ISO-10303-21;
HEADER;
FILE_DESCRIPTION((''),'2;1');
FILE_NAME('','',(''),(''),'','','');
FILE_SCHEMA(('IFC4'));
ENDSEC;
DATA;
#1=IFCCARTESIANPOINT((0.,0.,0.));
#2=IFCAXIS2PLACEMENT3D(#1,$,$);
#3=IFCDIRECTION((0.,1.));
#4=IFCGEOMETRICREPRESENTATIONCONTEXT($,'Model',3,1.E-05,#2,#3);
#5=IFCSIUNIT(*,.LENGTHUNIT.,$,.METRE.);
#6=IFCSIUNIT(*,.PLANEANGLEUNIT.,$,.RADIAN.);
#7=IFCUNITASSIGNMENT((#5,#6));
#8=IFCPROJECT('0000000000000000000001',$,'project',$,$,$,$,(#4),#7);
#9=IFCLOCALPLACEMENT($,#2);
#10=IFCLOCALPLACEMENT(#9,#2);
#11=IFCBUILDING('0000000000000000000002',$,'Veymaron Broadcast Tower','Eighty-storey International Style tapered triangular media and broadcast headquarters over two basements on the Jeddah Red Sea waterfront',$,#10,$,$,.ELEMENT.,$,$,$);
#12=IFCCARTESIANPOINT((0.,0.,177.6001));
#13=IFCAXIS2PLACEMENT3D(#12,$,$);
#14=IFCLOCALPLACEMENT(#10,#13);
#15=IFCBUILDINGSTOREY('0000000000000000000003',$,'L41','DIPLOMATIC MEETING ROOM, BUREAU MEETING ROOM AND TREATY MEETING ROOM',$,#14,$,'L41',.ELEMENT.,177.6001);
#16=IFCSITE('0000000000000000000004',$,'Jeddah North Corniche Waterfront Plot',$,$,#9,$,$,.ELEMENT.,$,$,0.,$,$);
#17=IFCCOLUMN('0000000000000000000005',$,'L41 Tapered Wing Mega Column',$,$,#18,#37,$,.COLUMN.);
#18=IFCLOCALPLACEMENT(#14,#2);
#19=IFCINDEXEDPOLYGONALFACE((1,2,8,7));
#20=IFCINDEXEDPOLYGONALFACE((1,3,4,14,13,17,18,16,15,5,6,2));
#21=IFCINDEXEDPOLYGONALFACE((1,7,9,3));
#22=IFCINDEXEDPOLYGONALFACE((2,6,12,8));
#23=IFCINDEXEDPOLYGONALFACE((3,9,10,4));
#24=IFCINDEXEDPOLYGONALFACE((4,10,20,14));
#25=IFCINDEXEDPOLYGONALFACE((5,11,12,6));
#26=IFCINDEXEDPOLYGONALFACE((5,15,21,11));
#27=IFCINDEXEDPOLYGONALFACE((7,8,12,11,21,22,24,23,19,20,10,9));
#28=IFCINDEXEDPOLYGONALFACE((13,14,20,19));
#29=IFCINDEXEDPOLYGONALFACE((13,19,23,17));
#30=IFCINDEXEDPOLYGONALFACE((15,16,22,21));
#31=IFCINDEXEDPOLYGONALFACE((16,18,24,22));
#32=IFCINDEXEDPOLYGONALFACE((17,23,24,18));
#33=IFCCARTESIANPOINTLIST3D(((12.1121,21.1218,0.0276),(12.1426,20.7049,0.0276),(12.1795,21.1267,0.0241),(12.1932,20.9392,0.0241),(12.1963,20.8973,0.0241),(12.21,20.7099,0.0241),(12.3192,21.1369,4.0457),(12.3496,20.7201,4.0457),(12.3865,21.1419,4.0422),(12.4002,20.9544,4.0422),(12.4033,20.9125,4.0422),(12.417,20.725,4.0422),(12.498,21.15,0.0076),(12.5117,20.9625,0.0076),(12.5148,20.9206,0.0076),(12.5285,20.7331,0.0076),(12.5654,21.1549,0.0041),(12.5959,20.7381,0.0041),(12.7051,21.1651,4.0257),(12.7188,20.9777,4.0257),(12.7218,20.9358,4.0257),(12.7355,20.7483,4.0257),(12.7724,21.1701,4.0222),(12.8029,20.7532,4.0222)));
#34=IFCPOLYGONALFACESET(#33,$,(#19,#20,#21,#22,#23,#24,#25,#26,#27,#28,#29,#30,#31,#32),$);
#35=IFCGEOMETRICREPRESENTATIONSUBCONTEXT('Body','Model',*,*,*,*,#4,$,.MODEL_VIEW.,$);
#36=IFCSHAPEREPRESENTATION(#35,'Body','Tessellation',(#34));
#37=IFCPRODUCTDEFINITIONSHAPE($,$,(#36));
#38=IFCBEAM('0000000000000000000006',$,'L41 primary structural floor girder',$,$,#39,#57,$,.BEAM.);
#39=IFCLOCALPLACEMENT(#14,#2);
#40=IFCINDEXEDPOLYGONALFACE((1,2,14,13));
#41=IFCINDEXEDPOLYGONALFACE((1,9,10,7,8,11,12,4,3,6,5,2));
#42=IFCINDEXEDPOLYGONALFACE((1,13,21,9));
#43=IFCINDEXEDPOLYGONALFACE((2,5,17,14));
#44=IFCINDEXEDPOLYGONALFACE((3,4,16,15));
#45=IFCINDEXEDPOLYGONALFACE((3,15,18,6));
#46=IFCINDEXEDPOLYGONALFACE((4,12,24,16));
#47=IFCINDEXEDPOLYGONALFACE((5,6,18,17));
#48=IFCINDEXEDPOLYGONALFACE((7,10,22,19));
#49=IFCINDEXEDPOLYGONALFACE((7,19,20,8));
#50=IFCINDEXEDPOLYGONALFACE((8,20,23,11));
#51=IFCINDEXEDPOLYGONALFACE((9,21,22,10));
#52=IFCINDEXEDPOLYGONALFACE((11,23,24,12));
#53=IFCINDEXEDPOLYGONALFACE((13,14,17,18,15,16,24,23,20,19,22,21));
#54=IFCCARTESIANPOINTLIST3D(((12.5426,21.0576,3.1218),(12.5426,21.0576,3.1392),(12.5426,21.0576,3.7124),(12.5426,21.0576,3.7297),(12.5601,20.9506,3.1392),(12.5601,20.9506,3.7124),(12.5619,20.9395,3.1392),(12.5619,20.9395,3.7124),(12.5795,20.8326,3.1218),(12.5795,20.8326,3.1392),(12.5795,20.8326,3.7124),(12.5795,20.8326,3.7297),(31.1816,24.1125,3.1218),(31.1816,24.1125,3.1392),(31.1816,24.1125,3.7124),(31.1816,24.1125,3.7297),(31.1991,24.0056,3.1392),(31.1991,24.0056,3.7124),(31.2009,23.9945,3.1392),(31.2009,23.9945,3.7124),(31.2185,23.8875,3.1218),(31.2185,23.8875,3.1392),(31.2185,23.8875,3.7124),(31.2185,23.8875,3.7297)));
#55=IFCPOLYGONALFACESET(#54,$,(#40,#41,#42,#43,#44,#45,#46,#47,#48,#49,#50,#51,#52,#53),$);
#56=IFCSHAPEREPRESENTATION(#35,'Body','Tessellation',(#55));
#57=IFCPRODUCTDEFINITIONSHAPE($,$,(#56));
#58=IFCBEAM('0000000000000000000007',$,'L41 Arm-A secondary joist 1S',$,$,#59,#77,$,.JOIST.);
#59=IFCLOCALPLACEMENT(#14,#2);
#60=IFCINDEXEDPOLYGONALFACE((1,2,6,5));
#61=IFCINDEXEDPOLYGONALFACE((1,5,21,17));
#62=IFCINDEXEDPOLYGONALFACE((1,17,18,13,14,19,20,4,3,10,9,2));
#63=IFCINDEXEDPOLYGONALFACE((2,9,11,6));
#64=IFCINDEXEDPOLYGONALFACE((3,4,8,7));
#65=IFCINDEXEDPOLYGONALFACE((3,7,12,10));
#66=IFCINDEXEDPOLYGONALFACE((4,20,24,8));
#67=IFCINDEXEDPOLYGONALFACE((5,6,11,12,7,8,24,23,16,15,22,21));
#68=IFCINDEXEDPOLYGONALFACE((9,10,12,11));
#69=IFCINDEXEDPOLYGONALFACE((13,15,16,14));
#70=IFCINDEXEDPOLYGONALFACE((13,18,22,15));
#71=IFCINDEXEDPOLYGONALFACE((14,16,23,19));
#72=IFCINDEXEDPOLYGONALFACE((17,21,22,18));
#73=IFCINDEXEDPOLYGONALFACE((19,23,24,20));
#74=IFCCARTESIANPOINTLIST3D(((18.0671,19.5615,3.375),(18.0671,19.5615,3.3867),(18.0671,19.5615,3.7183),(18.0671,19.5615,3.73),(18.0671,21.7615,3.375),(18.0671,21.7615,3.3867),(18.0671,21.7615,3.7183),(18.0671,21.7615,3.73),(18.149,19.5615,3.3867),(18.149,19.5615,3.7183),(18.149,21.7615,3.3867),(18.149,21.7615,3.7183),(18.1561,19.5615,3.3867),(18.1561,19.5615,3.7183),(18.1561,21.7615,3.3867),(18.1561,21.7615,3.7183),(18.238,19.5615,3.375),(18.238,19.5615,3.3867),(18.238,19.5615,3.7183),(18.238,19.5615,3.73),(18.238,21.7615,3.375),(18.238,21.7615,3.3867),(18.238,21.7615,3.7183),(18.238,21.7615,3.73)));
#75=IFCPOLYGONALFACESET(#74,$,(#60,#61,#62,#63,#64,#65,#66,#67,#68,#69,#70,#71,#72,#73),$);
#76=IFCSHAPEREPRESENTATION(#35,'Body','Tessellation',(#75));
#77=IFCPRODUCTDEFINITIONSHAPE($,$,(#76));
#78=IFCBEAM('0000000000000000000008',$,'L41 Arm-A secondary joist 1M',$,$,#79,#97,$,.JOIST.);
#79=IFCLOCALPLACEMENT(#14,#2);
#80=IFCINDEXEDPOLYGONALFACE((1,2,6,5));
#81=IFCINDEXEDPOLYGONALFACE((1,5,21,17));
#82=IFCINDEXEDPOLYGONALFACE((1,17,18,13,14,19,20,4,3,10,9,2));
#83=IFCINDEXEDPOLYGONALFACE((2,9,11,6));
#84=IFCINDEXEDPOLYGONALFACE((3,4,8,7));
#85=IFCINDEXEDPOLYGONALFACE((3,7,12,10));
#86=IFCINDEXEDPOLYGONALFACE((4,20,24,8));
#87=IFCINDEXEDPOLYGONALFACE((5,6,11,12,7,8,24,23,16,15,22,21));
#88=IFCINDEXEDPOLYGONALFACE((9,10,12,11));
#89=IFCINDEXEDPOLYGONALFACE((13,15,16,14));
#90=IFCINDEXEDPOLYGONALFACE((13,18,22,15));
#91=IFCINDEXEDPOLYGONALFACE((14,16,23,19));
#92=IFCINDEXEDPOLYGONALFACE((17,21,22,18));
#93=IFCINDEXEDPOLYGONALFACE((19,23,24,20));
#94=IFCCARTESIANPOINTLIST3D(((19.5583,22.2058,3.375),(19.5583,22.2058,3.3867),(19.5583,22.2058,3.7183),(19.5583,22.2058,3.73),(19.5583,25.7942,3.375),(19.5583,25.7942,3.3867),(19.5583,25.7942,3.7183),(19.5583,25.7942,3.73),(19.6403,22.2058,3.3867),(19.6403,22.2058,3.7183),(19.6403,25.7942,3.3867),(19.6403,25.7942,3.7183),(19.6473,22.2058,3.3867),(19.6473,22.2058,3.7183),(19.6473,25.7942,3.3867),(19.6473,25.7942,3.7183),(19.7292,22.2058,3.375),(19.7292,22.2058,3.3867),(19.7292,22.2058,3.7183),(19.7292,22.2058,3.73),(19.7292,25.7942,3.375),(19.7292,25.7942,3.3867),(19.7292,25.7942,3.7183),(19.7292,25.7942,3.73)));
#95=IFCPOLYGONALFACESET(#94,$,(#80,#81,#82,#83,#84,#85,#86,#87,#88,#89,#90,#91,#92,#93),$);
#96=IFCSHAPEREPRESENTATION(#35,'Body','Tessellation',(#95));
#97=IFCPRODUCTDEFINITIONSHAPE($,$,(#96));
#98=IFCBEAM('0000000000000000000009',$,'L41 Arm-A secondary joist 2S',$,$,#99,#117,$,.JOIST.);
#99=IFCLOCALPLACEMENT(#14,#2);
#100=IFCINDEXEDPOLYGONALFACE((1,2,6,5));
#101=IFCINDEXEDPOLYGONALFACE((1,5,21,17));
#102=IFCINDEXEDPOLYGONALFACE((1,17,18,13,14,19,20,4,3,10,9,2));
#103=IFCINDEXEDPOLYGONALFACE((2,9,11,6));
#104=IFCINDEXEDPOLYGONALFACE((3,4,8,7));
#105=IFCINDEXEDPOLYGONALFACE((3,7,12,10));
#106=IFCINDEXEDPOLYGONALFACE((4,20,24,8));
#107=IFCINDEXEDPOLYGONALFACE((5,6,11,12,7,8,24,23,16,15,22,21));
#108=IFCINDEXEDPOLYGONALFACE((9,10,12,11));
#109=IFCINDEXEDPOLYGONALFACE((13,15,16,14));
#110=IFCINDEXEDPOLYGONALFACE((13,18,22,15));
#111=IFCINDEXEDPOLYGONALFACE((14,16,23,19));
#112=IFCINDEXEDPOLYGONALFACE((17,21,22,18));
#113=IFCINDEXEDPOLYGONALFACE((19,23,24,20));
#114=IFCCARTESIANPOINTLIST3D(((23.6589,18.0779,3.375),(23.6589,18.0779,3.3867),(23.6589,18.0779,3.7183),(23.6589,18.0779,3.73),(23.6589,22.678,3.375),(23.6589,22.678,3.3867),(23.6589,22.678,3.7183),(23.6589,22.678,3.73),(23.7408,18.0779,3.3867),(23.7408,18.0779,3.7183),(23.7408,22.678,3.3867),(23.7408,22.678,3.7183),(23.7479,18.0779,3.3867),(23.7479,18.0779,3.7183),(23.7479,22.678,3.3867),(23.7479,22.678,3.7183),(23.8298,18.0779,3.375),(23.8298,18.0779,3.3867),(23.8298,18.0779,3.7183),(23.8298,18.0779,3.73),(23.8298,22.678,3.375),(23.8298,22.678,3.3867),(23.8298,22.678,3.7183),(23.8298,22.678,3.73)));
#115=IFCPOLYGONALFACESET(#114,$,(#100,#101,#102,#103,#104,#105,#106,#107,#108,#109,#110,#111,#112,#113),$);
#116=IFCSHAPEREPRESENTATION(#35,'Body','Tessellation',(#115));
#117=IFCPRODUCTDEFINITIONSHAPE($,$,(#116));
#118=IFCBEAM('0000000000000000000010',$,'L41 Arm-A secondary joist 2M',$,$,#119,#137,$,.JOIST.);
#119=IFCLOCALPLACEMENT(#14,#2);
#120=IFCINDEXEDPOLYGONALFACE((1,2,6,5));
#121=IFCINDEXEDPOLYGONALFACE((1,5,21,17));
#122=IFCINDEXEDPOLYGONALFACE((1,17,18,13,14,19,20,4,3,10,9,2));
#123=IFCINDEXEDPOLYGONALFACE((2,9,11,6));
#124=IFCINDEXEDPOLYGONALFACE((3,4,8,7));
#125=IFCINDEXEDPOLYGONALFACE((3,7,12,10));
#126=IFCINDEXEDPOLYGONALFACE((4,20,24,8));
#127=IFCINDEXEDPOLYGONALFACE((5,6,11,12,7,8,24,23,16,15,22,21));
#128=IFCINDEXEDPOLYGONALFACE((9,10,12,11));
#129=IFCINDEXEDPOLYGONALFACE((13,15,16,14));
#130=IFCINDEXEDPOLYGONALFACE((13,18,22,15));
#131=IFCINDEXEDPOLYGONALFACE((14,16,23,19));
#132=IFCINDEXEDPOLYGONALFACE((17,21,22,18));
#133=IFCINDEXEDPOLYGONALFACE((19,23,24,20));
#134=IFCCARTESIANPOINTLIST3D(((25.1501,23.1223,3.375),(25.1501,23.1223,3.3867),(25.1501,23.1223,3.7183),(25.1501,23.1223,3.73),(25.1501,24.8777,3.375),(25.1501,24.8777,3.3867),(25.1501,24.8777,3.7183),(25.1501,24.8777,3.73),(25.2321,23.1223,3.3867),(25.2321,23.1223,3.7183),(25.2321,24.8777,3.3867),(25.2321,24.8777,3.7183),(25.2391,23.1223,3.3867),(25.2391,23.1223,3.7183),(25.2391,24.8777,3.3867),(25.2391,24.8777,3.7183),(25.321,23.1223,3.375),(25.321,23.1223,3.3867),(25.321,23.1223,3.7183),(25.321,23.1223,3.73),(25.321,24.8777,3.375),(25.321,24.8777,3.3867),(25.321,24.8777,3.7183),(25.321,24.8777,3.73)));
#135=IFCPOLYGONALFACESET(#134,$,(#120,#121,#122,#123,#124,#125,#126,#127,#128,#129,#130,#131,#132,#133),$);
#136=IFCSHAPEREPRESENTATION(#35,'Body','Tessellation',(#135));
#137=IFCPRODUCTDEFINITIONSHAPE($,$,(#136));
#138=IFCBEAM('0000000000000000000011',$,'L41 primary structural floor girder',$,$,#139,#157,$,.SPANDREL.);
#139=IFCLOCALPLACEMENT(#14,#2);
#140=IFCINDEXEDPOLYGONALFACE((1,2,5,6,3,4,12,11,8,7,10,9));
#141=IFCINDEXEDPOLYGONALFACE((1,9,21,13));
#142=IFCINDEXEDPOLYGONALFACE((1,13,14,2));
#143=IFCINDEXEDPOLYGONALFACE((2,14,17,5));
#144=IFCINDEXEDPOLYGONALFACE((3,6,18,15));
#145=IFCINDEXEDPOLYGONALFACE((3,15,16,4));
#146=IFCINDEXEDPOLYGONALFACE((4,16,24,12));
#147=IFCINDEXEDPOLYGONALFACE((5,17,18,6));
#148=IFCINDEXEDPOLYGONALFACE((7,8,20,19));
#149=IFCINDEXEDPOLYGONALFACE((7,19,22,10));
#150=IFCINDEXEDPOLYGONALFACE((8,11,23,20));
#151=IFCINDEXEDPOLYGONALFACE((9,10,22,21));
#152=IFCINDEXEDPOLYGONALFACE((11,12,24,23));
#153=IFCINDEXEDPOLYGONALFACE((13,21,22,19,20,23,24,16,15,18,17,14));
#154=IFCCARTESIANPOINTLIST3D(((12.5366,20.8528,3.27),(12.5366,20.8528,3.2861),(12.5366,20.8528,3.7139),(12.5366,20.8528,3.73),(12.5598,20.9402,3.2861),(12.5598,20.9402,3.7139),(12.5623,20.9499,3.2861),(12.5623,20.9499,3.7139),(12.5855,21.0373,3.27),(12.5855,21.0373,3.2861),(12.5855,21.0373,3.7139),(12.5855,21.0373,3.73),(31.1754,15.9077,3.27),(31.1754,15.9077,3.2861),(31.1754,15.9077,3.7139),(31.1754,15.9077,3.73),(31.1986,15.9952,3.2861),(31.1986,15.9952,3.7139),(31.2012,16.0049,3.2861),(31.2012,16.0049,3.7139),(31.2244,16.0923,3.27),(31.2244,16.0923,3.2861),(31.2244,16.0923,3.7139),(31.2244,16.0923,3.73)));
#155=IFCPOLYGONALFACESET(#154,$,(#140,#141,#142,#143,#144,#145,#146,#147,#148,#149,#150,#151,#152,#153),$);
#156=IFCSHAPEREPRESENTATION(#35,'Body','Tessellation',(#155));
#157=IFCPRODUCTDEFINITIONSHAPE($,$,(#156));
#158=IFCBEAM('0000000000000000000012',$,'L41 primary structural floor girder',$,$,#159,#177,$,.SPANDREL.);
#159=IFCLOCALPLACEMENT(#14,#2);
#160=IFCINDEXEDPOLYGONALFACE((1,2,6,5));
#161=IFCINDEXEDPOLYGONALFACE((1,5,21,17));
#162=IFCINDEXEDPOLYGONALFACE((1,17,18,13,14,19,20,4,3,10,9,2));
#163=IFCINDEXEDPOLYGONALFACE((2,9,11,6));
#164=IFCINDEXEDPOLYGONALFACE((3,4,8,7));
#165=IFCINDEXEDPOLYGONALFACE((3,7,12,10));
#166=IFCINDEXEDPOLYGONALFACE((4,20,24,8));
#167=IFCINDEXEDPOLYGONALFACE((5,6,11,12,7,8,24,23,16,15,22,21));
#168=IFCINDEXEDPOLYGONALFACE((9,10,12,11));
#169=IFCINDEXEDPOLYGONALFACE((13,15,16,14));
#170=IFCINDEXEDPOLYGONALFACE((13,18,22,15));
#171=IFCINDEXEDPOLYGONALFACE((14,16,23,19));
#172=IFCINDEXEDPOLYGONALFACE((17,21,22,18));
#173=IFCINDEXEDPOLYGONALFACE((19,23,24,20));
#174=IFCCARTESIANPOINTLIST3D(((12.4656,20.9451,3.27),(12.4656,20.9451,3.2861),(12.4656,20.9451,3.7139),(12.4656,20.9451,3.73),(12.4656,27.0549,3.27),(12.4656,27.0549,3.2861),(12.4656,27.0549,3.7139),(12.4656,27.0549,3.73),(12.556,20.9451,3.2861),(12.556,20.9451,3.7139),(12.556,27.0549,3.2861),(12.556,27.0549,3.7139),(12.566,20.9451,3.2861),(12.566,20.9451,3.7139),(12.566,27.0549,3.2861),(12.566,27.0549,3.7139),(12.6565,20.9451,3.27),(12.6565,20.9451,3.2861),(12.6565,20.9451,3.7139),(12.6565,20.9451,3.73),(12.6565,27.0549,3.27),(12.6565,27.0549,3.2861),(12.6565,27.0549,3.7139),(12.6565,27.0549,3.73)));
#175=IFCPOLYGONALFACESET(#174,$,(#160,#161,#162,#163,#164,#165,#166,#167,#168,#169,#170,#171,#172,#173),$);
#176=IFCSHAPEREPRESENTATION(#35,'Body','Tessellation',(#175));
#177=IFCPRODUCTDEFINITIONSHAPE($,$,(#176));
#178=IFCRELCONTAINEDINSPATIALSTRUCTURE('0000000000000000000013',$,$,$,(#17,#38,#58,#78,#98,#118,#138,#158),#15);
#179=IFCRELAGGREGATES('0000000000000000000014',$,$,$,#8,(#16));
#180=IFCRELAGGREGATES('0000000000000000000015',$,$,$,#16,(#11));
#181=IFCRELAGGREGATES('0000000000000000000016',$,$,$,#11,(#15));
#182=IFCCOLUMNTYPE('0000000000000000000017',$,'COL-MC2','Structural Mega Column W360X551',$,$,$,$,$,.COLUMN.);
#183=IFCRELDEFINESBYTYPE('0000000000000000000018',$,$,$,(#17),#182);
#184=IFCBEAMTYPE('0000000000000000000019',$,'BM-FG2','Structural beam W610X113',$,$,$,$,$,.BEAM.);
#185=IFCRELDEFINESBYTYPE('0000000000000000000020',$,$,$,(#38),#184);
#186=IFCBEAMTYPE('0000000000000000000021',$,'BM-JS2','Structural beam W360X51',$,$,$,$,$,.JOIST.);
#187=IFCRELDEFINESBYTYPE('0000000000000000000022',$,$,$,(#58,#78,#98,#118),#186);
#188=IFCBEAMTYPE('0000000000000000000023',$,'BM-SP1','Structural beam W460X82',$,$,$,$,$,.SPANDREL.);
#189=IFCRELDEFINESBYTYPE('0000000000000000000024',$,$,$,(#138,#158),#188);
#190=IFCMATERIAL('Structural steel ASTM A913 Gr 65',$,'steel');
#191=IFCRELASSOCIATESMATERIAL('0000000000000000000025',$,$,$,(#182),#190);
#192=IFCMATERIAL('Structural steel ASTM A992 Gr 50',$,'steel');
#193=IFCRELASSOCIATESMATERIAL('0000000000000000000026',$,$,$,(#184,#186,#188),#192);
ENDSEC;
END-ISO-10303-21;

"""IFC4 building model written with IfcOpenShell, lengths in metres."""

from ifc_helpers import new_model, si_unit, direction, frame, origin, origin_2d, place, context, subcontext, project, spatial, i_section, extrude, material, material_profile, profile_set, type_object, element, save


model = new_model("IFC4")

# Units and contexts
model_context = context("Model", 3, precision=1e-05, world=origin(), true_north=direction((0.0, 1.0)))
body_context = subcontext(model_context, "Body", "Model", "MODEL_VIEW")
ifc_project = project(units=[si_unit("LENGTHUNIT", "METRE"), si_unit("PLANEANGLEUNIT", "RADIAN")], contexts=[model_context])

# Site, building, storey
site_placement = place(None, origin())
site = spatial("IfcSite", under=ifc_project, at=site_placement, Name="Jeddah North Corniche Waterfront Plot", CompositionType="ELEMENT", RefElevation=0.0)
building_placement = place(site_placement, origin())
building = spatial("IfcBuilding", under=site, at=building_placement, Name="Veymaron Broadcast Tower", Description="Eighty-storey International Style tapered triangular media and broadcast headquarters over two basements on the Jeddah Red Sea waterfront", CompositionType="ELEMENT")
storey_placement = place(building_placement, frame((0.0, 0.0, 177.6001)))
storey = spatial("IfcBuildingStorey", under=building, at=storey_placement, Name="L41", Description="DIPLOMATIC MEETING ROOM, BUREAU MEETING ROOM AND TREATY MEETING ROOM", LongName="L41", CompositionType="ELEMENT", Elevation=177.6001)

# Column
ifc_material_1 = material(Name="Structural steel ASTM A913 Gr 65", Category="steel")
ifc_material_profile_1 = material_profile(ifc_material_1, i_section(OverallWidth=0.418, OverallDepth=0.4551, WebThickness=0.042, FlangeThickness=0.0676, at=origin_2d()), Name="W360X551")
ifc_profile_set_1 = profile_set([ifc_material_profile_1], Name="Structural steel ASTM A913 Gr 65")
column_type = type_object("IfcColumnType", Name="COL-MC2", Description="Structural Mega Column W360X551", PredefinedType="COLUMN", material=ifc_profile_set_1)
column_placement = place(storey_placement, frame((12.354, 20.9299, 0.0159), z_axis=(0.051456, 0.003762, 0.998668), x_axis=(-0.072919, 0.997338, 0.0)))
element("IfcColumn", 1, at=column_placement, inside=storey, type_object=column_type, Name="L41 Tapered Wing Mega Column", PredefinedType="COLUMN", context=body_context, shape_type="SweptSolid", body=[
    extrude(i_section(OverallWidth=0.418, OverallDepth=0.4551, WebThickness=0.042, FlangeThickness=0.0676, at=origin_2d()), origin(), (0.0, 0.0, 1.0), 4.0234),
])

# Beams
ifc_material_2 = material(Name="Structural steel ASTM A992 Gr 50", Category="steel")
ifc_material_profile_2 = material_profile(ifc_material_2, i_section(OverallWidth=0.228, OverallDepth=0.6079, WebThickness=0.0112, FlangeThickness=0.0173, at=origin_2d()), Name="W610X113")
ifc_profile_set_2 = profile_set([ifc_material_profile_2], Name="Structural steel ASTM A992 Gr 50")
beam_type_1 = type_object("IfcBeamType", Name="BM-FG2", Description="Structural beam W610X113", PredefinedType="BEAM", material=ifc_profile_set_2)
beam_1_placement = place(storey_placement, frame((12.561, 20.9451, 3.4258), z_axis=(0.986833, 0.161743, 0.0), x_axis=(-0.161743, 0.986833, 0.0)))
element("IfcBeam", 2, at=beam_1_placement, inside=storey, type_object=beam_type_1, Name="L41 primary structural floor girder", PredefinedType="BEAM", context=body_context, shape_type="SweptSolid", body=[
    extrude(i_section(OverallWidth=0.228, OverallDepth=0.6079, WebThickness=0.0112, FlangeThickness=0.0173, at=origin_2d()), origin(), (0.0, 0.0, 1.0), 18.8877),
])
ifc_material_profile_3 = material_profile(ifc_material_2, i_section(OverallWidth=0.1709, OverallDepth=0.355, WebThickness=0.0071, FlangeThickness=0.0117, at=origin_2d()), Name="W360X51")
ifc_profile_set_3 = profile_set([ifc_material_profile_3], Name="Structural steel ASTM A992 Gr 50")
beam_type_2 = type_object("IfcBeamType", Name="BM-JS2", Description="Structural beam W360X51", PredefinedType="JOIST", material=ifc_profile_set_3)
beam_2_placement = place(storey_placement, frame((18.1526, 19.5615, 3.5525), z_axis=(0.0, 1.0, 0.0), x_axis=(-1.0, 0.0, 0.0)))
element("IfcBeam", 3, at=beam_2_placement, inside=storey, type_object=beam_type_2, Name="L41 Arm-A secondary joist 1S", PredefinedType="JOIST", context=body_context, shape_type="SweptSolid", body=[
    extrude(i_section(OverallWidth=0.1709, OverallDepth=0.355, WebThickness=0.0071, FlangeThickness=0.0117, at=origin_2d()), origin(), (0.0, 0.0, 1.0), 2.2),
])
beam_3_placement = place(storey_placement, frame((19.6438, 22.2058, 3.5525), z_axis=(0.0, 1.0, 0.0), x_axis=(-1.0, 0.0, 0.0)))
element("IfcBeam", 4, at=beam_3_placement, inside=storey, type_object=beam_type_2, Name="L41 Arm-A secondary joist 1M", PredefinedType="JOIST", context=body_context, shape_type="SweptSolid", body=[
    extrude(i_section(OverallWidth=0.1709, OverallDepth=0.355, WebThickness=0.0071, FlangeThickness=0.0117, at=origin_2d()), origin(), (0.0, 0.0, 1.0), 3.5884),
])
beam_4_placement = place(storey_placement, frame((23.7444, 18.0779, 3.5525), z_axis=(0.0, 1.0, 0.0), x_axis=(-1.0, 0.0, 0.0)))
element("IfcBeam", 5, at=beam_4_placement, inside=storey, type_object=beam_type_2, Name="L41 Arm-A secondary joist 2S", PredefinedType="JOIST", context=body_context, shape_type="SweptSolid", body=[
    extrude(i_section(OverallWidth=0.1709, OverallDepth=0.355, WebThickness=0.0071, FlangeThickness=0.0117, at=origin_2d()), origin(), (0.0, 0.0, 1.0), 4.6001),
])
beam_5_placement = place(storey_placement, frame((25.2356, 23.1223, 3.5525), z_axis=(0.0, 1.0, 0.0), x_axis=(-1.0, 0.0, 0.0)))
element("IfcBeam", 6, at=beam_5_placement, inside=storey, type_object=beam_type_2, Name="L41 Arm-A secondary joist 2M", PredefinedType="JOIST", context=body_context, shape_type="SweptSolid", body=[
    extrude(i_section(OverallWidth=0.1709, OverallDepth=0.355, WebThickness=0.0071, FlangeThickness=0.0117, at=origin_2d()), origin(), (0.0, 0.0, 1.0), 1.7554),
])
ifc_material_profile_4 = material_profile(ifc_material_2, i_section(OverallWidth=0.1909, OverallDepth=0.46, WebThickness=0.01, FlangeThickness=0.0161, at=origin_2d()), Name="W460X82")
ifc_profile_set_4 = profile_set([ifc_material_profile_4], Name="Structural steel ASTM A992 Gr 50")
beam_type_3 = type_object("IfcBeamType", Name="BM-SP1", Description="Structural beam W460X82", PredefinedType="SPANDREL", material=ifc_profile_set_4)
beam_6_placement = place(storey_placement, frame((12.561, 20.9451, 3.5), z_axis=(0.966561, -0.256437, 0.0), x_axis=(0.256437, 0.966561, 0.0)))
element("IfcBeam", 7, at=beam_6_placement, inside=storey, type_object=beam_type_3, Name="L41 primary structural floor girder", PredefinedType="SPANDREL", context=body_context, shape_type="SweptSolid", body=[
    extrude(i_section(OverallWidth=0.1909, OverallDepth=0.46, WebThickness=0.01, FlangeThickness=0.0161, at=origin_2d()), origin(), (0.0, 0.0, 1.0), 19.2837),
])
beam_7_placement = place(storey_placement, frame((12.561, 20.9451, 3.5), z_axis=(0.0, 1.0, 0.0), x_axis=(-1.0, 0.0, 0.0)))
element("IfcBeam", 8, at=beam_7_placement, inside=storey, type_object=beam_type_3, Name="L41 primary structural floor girder", PredefinedType="SPANDREL", context=body_context, shape_type="SweptSolid", body=[
    extrude(i_section(OverallWidth=0.1909, OverallDepth=0.46, WebThickness=0.01, FlangeThickness=0.0161, at=origin_2d()), origin(), (0.0, 0.0, 1.0), 6.1099),
])

save(model, "model.ifc")
